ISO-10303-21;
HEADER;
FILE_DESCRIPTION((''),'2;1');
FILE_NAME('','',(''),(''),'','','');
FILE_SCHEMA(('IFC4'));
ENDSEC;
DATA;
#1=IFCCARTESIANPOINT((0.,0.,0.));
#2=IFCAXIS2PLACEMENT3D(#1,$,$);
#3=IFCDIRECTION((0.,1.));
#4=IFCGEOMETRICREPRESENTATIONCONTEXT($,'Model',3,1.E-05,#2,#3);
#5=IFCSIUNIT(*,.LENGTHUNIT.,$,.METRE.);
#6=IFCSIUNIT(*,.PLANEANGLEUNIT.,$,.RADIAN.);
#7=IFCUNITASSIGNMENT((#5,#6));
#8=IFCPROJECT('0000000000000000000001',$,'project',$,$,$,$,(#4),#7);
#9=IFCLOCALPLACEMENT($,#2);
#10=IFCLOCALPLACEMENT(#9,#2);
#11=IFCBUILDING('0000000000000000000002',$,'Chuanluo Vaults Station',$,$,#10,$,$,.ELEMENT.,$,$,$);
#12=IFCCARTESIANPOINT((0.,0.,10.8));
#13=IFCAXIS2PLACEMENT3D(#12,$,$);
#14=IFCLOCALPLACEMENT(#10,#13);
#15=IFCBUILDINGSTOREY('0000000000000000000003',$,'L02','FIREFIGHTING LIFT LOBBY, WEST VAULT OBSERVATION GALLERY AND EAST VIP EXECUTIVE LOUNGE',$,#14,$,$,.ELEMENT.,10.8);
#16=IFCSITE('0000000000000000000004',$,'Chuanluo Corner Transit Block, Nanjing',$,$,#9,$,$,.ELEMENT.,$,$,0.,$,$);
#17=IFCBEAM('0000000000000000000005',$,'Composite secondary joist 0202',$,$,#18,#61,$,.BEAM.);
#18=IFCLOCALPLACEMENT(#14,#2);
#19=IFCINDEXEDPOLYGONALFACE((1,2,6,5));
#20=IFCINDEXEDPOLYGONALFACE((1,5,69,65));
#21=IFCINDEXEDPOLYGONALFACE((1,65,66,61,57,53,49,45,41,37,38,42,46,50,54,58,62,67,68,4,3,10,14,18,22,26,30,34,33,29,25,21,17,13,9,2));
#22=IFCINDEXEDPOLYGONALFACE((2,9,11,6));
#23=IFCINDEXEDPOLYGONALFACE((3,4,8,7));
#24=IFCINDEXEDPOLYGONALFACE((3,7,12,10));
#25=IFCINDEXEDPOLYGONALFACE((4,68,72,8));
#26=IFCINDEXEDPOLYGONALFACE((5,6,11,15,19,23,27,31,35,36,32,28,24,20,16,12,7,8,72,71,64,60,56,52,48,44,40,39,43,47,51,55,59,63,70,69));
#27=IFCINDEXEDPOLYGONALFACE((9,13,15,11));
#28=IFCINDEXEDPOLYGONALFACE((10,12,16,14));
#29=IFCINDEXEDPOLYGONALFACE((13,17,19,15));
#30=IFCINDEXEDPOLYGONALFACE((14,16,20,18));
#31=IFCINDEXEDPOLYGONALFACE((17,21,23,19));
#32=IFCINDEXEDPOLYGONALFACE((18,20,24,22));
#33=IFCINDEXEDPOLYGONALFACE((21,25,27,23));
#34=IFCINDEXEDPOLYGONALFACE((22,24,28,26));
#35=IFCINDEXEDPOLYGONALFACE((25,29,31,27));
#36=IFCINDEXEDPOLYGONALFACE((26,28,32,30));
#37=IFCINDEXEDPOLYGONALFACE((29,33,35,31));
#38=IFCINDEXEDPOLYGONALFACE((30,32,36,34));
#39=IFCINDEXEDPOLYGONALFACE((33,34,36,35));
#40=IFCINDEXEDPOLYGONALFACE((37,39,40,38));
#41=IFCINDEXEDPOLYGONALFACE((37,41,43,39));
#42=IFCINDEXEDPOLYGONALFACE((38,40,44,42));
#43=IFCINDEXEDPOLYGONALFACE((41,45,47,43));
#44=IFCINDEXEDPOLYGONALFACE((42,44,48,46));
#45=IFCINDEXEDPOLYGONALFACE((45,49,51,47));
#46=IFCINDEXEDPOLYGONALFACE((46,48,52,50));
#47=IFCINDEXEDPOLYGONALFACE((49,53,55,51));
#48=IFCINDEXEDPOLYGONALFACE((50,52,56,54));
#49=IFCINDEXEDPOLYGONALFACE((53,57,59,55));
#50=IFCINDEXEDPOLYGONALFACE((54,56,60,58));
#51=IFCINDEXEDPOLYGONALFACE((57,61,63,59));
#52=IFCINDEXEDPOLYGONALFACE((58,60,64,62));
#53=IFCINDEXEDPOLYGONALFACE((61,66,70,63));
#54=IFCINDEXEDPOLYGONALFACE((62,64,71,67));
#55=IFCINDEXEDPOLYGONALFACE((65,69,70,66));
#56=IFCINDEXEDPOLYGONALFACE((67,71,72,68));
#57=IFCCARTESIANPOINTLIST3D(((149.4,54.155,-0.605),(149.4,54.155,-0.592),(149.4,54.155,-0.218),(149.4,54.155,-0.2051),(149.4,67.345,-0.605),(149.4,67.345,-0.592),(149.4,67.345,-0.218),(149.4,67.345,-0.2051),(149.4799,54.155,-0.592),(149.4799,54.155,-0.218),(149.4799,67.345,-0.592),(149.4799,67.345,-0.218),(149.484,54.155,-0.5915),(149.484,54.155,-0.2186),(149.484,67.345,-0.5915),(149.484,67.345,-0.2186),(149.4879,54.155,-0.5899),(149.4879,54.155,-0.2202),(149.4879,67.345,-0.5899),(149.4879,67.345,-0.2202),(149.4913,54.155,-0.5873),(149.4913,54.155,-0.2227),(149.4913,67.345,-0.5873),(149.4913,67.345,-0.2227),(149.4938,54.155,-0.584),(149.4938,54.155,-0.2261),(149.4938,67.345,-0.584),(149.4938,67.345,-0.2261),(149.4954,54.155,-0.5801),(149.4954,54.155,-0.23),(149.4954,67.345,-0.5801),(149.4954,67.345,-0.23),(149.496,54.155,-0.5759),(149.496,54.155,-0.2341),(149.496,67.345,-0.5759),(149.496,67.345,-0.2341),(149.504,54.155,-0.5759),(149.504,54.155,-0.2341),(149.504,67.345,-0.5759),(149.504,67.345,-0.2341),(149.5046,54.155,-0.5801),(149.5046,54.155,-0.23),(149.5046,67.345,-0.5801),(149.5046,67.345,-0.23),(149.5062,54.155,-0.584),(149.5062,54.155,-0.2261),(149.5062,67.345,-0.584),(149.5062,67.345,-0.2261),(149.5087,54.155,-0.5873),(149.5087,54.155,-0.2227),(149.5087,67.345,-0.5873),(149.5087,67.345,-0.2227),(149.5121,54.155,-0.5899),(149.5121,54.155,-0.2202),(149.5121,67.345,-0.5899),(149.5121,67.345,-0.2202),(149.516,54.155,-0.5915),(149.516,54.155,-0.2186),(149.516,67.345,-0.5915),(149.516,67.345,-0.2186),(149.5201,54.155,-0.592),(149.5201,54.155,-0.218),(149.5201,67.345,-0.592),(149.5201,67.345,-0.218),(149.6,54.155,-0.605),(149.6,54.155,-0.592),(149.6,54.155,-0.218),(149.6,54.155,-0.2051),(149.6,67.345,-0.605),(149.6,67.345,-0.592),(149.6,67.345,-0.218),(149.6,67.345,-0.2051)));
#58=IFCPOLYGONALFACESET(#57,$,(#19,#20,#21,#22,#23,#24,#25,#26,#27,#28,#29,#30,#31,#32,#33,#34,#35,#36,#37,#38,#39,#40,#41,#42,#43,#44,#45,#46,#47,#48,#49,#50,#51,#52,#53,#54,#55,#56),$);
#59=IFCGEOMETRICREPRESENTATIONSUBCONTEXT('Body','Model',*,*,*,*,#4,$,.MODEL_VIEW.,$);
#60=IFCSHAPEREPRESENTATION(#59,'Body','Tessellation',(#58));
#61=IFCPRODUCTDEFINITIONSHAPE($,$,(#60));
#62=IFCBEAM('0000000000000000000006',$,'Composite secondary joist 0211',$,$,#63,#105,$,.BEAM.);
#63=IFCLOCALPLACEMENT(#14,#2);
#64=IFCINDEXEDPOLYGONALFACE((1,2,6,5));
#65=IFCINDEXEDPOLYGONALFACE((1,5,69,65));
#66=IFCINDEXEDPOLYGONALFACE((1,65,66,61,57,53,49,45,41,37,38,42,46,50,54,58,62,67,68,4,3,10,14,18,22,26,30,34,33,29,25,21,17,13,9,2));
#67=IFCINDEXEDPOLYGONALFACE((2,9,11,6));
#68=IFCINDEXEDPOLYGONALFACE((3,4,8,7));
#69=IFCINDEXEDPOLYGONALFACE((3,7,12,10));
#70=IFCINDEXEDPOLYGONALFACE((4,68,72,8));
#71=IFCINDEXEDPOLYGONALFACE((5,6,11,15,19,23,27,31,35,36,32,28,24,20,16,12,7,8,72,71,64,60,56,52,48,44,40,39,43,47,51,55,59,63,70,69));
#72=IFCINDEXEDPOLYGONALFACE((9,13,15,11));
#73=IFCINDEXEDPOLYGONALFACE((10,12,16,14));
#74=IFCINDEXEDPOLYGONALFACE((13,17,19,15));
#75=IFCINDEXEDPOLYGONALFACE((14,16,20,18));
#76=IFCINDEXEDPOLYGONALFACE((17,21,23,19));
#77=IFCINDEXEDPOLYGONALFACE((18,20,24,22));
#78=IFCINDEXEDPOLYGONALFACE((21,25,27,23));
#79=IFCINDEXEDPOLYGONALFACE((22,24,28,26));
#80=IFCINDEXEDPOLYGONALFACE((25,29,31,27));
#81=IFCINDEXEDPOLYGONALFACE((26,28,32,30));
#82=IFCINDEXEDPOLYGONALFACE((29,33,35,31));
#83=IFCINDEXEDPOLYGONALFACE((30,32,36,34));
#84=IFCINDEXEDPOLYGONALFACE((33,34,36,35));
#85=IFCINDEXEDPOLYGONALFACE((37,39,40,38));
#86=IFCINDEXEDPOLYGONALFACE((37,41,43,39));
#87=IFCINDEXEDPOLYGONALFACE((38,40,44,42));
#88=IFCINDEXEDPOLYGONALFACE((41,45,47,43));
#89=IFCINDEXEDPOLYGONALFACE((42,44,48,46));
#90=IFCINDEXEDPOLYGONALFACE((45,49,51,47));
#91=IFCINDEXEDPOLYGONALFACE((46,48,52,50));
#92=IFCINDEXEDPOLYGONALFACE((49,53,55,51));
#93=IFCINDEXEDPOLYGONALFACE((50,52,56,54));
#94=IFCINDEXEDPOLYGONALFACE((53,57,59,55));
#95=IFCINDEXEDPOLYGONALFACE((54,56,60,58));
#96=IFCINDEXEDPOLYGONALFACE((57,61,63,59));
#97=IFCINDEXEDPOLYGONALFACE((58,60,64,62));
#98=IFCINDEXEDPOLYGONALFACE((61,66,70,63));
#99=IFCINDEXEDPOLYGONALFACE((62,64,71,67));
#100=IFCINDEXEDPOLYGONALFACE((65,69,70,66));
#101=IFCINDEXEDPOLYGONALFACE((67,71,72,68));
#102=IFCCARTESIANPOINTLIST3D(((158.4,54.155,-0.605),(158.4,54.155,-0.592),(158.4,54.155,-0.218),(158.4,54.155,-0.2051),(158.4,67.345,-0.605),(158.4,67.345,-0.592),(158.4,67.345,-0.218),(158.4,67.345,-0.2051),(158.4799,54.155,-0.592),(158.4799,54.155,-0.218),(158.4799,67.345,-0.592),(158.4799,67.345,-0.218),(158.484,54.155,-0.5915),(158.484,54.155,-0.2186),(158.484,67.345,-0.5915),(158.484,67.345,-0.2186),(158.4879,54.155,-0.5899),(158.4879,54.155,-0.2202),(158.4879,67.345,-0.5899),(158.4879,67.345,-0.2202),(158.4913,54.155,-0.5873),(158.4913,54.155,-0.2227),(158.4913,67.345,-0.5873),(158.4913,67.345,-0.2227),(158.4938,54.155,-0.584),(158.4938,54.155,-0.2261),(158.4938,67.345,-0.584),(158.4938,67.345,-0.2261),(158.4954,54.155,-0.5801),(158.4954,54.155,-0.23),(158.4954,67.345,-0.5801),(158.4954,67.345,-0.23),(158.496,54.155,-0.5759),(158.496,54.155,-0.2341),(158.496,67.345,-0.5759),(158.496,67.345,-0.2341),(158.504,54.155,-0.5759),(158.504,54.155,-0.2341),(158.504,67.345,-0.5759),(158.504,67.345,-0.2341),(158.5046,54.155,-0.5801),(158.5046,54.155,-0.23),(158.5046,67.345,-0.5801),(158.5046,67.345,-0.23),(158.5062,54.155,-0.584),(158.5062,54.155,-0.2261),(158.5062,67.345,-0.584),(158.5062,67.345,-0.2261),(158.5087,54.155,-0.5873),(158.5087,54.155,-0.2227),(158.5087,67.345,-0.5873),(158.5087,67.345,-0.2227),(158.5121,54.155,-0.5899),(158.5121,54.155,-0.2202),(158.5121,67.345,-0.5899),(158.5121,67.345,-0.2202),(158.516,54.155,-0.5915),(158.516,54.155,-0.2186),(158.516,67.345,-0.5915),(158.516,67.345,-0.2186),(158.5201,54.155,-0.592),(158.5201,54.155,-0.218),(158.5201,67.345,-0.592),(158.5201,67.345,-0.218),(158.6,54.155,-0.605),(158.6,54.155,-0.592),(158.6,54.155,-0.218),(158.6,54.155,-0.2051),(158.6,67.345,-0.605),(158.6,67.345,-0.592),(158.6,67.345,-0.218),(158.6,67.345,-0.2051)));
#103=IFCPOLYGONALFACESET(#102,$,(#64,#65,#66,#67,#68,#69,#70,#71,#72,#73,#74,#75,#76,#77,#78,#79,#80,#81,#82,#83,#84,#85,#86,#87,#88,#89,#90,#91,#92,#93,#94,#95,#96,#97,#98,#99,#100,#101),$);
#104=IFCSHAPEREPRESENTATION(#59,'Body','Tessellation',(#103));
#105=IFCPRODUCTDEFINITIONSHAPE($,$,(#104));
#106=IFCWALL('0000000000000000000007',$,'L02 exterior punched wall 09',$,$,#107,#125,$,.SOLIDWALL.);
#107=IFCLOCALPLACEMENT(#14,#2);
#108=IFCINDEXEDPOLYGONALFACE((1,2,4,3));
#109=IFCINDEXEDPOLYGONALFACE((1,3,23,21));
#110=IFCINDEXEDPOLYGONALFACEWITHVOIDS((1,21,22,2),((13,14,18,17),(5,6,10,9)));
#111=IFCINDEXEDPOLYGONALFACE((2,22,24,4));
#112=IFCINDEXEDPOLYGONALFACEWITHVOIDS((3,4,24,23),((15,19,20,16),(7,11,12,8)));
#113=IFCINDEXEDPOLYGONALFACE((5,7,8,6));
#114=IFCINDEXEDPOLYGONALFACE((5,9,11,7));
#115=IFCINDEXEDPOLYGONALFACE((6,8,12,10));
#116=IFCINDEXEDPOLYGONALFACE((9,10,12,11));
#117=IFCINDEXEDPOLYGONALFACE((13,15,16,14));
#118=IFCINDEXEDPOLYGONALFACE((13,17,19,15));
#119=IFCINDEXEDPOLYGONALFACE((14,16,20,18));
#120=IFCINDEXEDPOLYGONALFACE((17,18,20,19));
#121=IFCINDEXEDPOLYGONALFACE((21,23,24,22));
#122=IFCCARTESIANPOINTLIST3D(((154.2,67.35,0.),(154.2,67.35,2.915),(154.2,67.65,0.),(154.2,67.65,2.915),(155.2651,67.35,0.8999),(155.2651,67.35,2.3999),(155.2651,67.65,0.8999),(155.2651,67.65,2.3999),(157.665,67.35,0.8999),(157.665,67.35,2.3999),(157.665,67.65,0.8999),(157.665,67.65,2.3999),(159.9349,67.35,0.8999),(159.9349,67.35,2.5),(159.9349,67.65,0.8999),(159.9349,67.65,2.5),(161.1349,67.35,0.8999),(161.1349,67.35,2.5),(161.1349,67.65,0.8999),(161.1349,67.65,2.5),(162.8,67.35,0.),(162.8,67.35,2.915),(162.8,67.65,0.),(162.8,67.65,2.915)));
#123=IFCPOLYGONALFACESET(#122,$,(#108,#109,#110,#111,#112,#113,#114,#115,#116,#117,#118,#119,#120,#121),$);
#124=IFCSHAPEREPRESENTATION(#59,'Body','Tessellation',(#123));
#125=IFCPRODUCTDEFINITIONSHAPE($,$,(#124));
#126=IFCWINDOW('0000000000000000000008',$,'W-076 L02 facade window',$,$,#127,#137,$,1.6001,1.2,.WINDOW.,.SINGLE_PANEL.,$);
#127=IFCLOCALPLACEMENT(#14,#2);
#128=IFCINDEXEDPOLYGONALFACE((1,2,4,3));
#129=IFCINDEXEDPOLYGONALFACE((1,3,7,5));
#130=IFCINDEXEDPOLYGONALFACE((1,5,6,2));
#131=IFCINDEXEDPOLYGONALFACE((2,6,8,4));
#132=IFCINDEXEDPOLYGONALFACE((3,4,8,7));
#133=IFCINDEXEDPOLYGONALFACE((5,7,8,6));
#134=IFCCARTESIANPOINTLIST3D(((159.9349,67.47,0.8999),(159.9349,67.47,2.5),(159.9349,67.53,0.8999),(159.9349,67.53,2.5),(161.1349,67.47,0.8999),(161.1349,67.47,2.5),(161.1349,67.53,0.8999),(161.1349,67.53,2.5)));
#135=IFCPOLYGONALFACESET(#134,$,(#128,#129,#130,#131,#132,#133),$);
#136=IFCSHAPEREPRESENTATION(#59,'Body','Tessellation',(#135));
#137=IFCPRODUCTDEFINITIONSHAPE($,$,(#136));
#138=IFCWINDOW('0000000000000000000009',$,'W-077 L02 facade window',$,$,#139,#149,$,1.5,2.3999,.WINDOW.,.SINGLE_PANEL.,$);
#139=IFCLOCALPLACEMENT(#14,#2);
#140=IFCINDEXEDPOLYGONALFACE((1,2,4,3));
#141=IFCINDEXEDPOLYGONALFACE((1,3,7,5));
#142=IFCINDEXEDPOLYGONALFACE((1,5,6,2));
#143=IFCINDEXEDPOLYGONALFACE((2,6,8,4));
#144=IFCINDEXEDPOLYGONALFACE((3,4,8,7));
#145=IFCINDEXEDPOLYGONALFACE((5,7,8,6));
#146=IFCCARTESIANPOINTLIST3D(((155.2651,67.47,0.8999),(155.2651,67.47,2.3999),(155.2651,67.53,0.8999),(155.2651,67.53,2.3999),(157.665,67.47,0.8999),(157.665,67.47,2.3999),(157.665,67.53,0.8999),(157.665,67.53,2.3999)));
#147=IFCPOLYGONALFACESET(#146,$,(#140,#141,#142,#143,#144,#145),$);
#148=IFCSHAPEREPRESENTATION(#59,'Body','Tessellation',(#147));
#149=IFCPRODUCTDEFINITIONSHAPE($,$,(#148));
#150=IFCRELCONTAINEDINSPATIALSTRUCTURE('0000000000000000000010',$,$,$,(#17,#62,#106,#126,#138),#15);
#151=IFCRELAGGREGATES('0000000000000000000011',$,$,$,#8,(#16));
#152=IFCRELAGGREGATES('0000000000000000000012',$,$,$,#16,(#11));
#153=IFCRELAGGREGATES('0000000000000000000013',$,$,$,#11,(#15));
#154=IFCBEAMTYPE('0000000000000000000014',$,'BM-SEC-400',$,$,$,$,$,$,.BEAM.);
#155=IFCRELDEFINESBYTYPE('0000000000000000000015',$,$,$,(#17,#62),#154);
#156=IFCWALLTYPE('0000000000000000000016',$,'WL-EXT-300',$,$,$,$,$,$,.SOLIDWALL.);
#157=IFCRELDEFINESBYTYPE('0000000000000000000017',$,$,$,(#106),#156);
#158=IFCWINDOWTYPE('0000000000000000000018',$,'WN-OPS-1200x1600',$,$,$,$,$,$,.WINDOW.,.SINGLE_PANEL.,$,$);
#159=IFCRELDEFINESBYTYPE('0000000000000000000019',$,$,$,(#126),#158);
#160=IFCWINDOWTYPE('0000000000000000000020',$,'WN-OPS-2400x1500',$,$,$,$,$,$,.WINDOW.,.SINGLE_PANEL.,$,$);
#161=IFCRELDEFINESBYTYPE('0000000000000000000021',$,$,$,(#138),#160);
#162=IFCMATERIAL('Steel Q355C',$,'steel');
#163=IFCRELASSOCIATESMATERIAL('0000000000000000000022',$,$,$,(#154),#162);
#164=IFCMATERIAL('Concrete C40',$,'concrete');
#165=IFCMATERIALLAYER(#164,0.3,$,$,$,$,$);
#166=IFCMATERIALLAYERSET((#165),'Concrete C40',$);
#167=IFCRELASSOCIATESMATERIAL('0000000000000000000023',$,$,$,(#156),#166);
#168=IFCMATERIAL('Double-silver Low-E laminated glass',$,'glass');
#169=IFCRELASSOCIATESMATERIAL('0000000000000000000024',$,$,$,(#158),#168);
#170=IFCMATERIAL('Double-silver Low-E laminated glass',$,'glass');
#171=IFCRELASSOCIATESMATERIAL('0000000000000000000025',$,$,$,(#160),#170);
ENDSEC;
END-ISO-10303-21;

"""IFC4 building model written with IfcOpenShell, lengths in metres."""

from ifc_helpers import new_model, si_unit, direction, frame, frame_2d, origin, origin_2d, place, context, subcontext, project, spatial, rectangle, i_section, extrude, material, layer, layer_set, material_profile, profile_set, type_object, element, fill, save


model = new_model("IFC4")

# Units and contexts
model_context = context("Model", 3, precision=1e-05, world=origin(), true_north=direction((0.0, 1.0)))
body_context = subcontext(model_context, "Body", "Model", "MODEL_VIEW")
ifc_project = project(units=[si_unit("LENGTHUNIT", "METRE"), si_unit("PLANEANGLEUNIT", "RADIAN")], contexts=[model_context])

# Site, building, storey
site_placement = place(None, origin())
site = spatial("IfcSite", under=ifc_project, at=site_placement, Name="Chuanluo Corner Transit Block, Nanjing", CompositionType="ELEMENT", RefElevation=0.0)
building_placement = place(site_placement, origin())
building = spatial("IfcBuilding", under=site, at=building_placement, Name="Chuanluo Vaults Station", CompositionType="ELEMENT")
storey_placement = place(building_placement, frame((0.0, 0.0, 10.8)))
storey = spatial("IfcBuildingStorey", under=building, at=storey_placement, Name="L02", Description="FIREFIGHTING LIFT LOBBY, WEST VAULT OBSERVATION GALLERY AND EAST VIP EXECUTIVE LOUNGE", CompositionType="ELEMENT", Elevation=10.8)

# Beams
ifc_material_1 = material(Name="Steel Q355C", Category="steel")
ifc_material_profile_1 = material_profile(ifc_material_1, i_section(OverallWidth=0.2, OverallDepth=0.3999, WebThickness=0.0081, FlangeThickness=0.0129, FilletRadius=0.0161, at=origin_2d()))
ifc_profile_set_1 = profile_set([ifc_material_profile_1], Name="Steel Q355C")
beam_type_1 = type_object("IfcBeamType", Name="BM-SEC-400", PredefinedType="BEAM", material=ifc_profile_set_1)
for number, where, z_axis, x_axis, name in (
    (1, (149.5, 54.155, -0.405), (0.0, 1.0, 0.0), (-1.0, 0.0, 0.0), "Composite secondary joist 0202"),
    (2, (158.5, 54.155, -0.405), (0.0, 1.0, 0.0), (-1.0, 0.0, 0.0), "Composite secondary joist 0211"),
):
    element("IfcBeam", number, at=place(storey_placement, frame(where, z_axis=z_axis, x_axis=x_axis)), inside=storey, type_object=beam_type_1, Name=name, PredefinedType="BEAM", context=body_context, shape_type="SweptSolid", body=[
        extrude(i_section(OverallWidth=0.2, OverallDepth=0.3999, WebThickness=0.0081, FlangeThickness=0.0129, FilletRadius=0.0161, at=origin_2d()), origin(), (0.0, 0.0, 1.0), 13.1899),
    ])

# Wall, openings, windows
ifc_material_2 = material(Name="Concrete C40", Category="concrete")
ifc_layer_1 = layer(ifc_material_2, 0.3)
ifc_layer_set_1 = layer_set([ifc_layer_1], Name="Concrete C40")
wall_type_1 = type_object("IfcWallType", Name="WL-EXT-300", PredefinedType="SOLIDWALL", material=ifc_layer_set_1)
wall_1_placement = place(storey_placement, frame((162.8, 67.5, 0.0), z_axis=(0.0, 0.0, 1.0), x_axis=(-1.0, 0.0, 0.0)))
wall_1 = element("IfcWall", 3, at=wall_1_placement, inside=storey, type_object=wall_type_1, Name="L02 exterior punched wall 09", PredefinedType="SOLIDWALL", context=body_context, shape_type="SweptSolid", body=[
    extrude(rectangle(XDim=8.6001, YDim=0.3, at=frame_2d((4.3, 0.0))), origin(), (0.0, 0.0, 1.0), 2.915),
])
opening_1_placement = place(wall_1_placement, frame((1.665, 0.0, 0.8999)))
opening_1 = element("IfcOpeningElement", 4, at=opening_1_placement, cuts=wall_1, PredefinedType="OPENING", context=body_context, shape_type="SweptSolid", body=[
    extrude(rectangle(XDim=1.2, YDim=1.6001, at=frame_2d((0.6001, 0.8))), frame((0.0, 0.1599, 0.0), z_axis=(0.0, -1.0, 0.0), x_axis=(1.0, 0.0, 0.0)), (0.0, 0.0, 1.0), 0.3201),
])
opening_2_placement = place(wall_1_placement, frame((5.135, 0.0, 0.8999)))
opening_2 = element("IfcOpeningElement", 5, at=opening_2_placement, cuts=wall_1, PredefinedType="OPENING", context=body_context, shape_type="SweptSolid", body=[
    extrude(rectangle(XDim=2.3999, YDim=1.5, at=frame_2d((1.2, 0.75))), frame((0.0, 0.1599, 0.0), z_axis=(0.0, -1.0, 0.0), x_axis=(1.0, 0.0, 0.0)), (0.0, 0.0, 1.0), 0.3201),
])
ifc_material_3 = material(Name="Double-silver Low-E laminated glass", Category="glass")
window_type_1 = type_object("IfcWindowType", Name="WN-OPS-1200x1600", PartitioningType="SINGLE_PANEL", PredefinedType="WINDOW", material=ifc_material_3)
window_1_placement = place(opening_1_placement, origin())
window_1 = element("IfcWindow", 6, at=window_1_placement, inside=storey, type_object=window_type_1, Name="W-076 L02 facade window", OverallHeight=1.6001, OverallWidth=1.2, PartitioningType="SINGLE_PANEL", PredefinedType="WINDOW", context=body_context, shape_type="SweptSolid", body=[
    extrude(rectangle(XDim=1.2, YDim=1.6001, at=frame_2d((0.6001, 0.8))), frame((0.0, 0.03, 0.0), z_axis=(0.0, -1.0, 0.0), x_axis=(1.0, 0.0, 0.0)), (0.0, 0.0, 1.0), 0.0601),
])
fill(opening_1, window_1)
ifc_material_4 = material(Name="Double-silver Low-E laminated glass", Category="glass")
window_type_2 = type_object("IfcWindowType", Name="WN-OPS-2400x1500", PartitioningType="SINGLE_PANEL", PredefinedType="WINDOW", material=ifc_material_4)
window_2_placement = place(opening_2_placement, origin())
window_2 = element("IfcWindow", 7, at=window_2_placement, inside=storey, type_object=window_type_2, Name="W-077 L02 facade window", OverallHeight=1.5, OverallWidth=2.3999, PartitioningType="SINGLE_PANEL", PredefinedType="WINDOW", context=body_context, shape_type="SweptSolid", body=[
    extrude(rectangle(XDim=2.3999, YDim=1.5, at=frame_2d((1.2, 0.75))), frame((0.0, 0.03, 0.0), z_axis=(0.0, -1.0, 0.0), x_axis=(1.0, 0.0, 0.0)), (0.0, 0.0, 1.0), 0.0601),
])
fill(opening_2, window_2)

save(model, "model.ifc")
